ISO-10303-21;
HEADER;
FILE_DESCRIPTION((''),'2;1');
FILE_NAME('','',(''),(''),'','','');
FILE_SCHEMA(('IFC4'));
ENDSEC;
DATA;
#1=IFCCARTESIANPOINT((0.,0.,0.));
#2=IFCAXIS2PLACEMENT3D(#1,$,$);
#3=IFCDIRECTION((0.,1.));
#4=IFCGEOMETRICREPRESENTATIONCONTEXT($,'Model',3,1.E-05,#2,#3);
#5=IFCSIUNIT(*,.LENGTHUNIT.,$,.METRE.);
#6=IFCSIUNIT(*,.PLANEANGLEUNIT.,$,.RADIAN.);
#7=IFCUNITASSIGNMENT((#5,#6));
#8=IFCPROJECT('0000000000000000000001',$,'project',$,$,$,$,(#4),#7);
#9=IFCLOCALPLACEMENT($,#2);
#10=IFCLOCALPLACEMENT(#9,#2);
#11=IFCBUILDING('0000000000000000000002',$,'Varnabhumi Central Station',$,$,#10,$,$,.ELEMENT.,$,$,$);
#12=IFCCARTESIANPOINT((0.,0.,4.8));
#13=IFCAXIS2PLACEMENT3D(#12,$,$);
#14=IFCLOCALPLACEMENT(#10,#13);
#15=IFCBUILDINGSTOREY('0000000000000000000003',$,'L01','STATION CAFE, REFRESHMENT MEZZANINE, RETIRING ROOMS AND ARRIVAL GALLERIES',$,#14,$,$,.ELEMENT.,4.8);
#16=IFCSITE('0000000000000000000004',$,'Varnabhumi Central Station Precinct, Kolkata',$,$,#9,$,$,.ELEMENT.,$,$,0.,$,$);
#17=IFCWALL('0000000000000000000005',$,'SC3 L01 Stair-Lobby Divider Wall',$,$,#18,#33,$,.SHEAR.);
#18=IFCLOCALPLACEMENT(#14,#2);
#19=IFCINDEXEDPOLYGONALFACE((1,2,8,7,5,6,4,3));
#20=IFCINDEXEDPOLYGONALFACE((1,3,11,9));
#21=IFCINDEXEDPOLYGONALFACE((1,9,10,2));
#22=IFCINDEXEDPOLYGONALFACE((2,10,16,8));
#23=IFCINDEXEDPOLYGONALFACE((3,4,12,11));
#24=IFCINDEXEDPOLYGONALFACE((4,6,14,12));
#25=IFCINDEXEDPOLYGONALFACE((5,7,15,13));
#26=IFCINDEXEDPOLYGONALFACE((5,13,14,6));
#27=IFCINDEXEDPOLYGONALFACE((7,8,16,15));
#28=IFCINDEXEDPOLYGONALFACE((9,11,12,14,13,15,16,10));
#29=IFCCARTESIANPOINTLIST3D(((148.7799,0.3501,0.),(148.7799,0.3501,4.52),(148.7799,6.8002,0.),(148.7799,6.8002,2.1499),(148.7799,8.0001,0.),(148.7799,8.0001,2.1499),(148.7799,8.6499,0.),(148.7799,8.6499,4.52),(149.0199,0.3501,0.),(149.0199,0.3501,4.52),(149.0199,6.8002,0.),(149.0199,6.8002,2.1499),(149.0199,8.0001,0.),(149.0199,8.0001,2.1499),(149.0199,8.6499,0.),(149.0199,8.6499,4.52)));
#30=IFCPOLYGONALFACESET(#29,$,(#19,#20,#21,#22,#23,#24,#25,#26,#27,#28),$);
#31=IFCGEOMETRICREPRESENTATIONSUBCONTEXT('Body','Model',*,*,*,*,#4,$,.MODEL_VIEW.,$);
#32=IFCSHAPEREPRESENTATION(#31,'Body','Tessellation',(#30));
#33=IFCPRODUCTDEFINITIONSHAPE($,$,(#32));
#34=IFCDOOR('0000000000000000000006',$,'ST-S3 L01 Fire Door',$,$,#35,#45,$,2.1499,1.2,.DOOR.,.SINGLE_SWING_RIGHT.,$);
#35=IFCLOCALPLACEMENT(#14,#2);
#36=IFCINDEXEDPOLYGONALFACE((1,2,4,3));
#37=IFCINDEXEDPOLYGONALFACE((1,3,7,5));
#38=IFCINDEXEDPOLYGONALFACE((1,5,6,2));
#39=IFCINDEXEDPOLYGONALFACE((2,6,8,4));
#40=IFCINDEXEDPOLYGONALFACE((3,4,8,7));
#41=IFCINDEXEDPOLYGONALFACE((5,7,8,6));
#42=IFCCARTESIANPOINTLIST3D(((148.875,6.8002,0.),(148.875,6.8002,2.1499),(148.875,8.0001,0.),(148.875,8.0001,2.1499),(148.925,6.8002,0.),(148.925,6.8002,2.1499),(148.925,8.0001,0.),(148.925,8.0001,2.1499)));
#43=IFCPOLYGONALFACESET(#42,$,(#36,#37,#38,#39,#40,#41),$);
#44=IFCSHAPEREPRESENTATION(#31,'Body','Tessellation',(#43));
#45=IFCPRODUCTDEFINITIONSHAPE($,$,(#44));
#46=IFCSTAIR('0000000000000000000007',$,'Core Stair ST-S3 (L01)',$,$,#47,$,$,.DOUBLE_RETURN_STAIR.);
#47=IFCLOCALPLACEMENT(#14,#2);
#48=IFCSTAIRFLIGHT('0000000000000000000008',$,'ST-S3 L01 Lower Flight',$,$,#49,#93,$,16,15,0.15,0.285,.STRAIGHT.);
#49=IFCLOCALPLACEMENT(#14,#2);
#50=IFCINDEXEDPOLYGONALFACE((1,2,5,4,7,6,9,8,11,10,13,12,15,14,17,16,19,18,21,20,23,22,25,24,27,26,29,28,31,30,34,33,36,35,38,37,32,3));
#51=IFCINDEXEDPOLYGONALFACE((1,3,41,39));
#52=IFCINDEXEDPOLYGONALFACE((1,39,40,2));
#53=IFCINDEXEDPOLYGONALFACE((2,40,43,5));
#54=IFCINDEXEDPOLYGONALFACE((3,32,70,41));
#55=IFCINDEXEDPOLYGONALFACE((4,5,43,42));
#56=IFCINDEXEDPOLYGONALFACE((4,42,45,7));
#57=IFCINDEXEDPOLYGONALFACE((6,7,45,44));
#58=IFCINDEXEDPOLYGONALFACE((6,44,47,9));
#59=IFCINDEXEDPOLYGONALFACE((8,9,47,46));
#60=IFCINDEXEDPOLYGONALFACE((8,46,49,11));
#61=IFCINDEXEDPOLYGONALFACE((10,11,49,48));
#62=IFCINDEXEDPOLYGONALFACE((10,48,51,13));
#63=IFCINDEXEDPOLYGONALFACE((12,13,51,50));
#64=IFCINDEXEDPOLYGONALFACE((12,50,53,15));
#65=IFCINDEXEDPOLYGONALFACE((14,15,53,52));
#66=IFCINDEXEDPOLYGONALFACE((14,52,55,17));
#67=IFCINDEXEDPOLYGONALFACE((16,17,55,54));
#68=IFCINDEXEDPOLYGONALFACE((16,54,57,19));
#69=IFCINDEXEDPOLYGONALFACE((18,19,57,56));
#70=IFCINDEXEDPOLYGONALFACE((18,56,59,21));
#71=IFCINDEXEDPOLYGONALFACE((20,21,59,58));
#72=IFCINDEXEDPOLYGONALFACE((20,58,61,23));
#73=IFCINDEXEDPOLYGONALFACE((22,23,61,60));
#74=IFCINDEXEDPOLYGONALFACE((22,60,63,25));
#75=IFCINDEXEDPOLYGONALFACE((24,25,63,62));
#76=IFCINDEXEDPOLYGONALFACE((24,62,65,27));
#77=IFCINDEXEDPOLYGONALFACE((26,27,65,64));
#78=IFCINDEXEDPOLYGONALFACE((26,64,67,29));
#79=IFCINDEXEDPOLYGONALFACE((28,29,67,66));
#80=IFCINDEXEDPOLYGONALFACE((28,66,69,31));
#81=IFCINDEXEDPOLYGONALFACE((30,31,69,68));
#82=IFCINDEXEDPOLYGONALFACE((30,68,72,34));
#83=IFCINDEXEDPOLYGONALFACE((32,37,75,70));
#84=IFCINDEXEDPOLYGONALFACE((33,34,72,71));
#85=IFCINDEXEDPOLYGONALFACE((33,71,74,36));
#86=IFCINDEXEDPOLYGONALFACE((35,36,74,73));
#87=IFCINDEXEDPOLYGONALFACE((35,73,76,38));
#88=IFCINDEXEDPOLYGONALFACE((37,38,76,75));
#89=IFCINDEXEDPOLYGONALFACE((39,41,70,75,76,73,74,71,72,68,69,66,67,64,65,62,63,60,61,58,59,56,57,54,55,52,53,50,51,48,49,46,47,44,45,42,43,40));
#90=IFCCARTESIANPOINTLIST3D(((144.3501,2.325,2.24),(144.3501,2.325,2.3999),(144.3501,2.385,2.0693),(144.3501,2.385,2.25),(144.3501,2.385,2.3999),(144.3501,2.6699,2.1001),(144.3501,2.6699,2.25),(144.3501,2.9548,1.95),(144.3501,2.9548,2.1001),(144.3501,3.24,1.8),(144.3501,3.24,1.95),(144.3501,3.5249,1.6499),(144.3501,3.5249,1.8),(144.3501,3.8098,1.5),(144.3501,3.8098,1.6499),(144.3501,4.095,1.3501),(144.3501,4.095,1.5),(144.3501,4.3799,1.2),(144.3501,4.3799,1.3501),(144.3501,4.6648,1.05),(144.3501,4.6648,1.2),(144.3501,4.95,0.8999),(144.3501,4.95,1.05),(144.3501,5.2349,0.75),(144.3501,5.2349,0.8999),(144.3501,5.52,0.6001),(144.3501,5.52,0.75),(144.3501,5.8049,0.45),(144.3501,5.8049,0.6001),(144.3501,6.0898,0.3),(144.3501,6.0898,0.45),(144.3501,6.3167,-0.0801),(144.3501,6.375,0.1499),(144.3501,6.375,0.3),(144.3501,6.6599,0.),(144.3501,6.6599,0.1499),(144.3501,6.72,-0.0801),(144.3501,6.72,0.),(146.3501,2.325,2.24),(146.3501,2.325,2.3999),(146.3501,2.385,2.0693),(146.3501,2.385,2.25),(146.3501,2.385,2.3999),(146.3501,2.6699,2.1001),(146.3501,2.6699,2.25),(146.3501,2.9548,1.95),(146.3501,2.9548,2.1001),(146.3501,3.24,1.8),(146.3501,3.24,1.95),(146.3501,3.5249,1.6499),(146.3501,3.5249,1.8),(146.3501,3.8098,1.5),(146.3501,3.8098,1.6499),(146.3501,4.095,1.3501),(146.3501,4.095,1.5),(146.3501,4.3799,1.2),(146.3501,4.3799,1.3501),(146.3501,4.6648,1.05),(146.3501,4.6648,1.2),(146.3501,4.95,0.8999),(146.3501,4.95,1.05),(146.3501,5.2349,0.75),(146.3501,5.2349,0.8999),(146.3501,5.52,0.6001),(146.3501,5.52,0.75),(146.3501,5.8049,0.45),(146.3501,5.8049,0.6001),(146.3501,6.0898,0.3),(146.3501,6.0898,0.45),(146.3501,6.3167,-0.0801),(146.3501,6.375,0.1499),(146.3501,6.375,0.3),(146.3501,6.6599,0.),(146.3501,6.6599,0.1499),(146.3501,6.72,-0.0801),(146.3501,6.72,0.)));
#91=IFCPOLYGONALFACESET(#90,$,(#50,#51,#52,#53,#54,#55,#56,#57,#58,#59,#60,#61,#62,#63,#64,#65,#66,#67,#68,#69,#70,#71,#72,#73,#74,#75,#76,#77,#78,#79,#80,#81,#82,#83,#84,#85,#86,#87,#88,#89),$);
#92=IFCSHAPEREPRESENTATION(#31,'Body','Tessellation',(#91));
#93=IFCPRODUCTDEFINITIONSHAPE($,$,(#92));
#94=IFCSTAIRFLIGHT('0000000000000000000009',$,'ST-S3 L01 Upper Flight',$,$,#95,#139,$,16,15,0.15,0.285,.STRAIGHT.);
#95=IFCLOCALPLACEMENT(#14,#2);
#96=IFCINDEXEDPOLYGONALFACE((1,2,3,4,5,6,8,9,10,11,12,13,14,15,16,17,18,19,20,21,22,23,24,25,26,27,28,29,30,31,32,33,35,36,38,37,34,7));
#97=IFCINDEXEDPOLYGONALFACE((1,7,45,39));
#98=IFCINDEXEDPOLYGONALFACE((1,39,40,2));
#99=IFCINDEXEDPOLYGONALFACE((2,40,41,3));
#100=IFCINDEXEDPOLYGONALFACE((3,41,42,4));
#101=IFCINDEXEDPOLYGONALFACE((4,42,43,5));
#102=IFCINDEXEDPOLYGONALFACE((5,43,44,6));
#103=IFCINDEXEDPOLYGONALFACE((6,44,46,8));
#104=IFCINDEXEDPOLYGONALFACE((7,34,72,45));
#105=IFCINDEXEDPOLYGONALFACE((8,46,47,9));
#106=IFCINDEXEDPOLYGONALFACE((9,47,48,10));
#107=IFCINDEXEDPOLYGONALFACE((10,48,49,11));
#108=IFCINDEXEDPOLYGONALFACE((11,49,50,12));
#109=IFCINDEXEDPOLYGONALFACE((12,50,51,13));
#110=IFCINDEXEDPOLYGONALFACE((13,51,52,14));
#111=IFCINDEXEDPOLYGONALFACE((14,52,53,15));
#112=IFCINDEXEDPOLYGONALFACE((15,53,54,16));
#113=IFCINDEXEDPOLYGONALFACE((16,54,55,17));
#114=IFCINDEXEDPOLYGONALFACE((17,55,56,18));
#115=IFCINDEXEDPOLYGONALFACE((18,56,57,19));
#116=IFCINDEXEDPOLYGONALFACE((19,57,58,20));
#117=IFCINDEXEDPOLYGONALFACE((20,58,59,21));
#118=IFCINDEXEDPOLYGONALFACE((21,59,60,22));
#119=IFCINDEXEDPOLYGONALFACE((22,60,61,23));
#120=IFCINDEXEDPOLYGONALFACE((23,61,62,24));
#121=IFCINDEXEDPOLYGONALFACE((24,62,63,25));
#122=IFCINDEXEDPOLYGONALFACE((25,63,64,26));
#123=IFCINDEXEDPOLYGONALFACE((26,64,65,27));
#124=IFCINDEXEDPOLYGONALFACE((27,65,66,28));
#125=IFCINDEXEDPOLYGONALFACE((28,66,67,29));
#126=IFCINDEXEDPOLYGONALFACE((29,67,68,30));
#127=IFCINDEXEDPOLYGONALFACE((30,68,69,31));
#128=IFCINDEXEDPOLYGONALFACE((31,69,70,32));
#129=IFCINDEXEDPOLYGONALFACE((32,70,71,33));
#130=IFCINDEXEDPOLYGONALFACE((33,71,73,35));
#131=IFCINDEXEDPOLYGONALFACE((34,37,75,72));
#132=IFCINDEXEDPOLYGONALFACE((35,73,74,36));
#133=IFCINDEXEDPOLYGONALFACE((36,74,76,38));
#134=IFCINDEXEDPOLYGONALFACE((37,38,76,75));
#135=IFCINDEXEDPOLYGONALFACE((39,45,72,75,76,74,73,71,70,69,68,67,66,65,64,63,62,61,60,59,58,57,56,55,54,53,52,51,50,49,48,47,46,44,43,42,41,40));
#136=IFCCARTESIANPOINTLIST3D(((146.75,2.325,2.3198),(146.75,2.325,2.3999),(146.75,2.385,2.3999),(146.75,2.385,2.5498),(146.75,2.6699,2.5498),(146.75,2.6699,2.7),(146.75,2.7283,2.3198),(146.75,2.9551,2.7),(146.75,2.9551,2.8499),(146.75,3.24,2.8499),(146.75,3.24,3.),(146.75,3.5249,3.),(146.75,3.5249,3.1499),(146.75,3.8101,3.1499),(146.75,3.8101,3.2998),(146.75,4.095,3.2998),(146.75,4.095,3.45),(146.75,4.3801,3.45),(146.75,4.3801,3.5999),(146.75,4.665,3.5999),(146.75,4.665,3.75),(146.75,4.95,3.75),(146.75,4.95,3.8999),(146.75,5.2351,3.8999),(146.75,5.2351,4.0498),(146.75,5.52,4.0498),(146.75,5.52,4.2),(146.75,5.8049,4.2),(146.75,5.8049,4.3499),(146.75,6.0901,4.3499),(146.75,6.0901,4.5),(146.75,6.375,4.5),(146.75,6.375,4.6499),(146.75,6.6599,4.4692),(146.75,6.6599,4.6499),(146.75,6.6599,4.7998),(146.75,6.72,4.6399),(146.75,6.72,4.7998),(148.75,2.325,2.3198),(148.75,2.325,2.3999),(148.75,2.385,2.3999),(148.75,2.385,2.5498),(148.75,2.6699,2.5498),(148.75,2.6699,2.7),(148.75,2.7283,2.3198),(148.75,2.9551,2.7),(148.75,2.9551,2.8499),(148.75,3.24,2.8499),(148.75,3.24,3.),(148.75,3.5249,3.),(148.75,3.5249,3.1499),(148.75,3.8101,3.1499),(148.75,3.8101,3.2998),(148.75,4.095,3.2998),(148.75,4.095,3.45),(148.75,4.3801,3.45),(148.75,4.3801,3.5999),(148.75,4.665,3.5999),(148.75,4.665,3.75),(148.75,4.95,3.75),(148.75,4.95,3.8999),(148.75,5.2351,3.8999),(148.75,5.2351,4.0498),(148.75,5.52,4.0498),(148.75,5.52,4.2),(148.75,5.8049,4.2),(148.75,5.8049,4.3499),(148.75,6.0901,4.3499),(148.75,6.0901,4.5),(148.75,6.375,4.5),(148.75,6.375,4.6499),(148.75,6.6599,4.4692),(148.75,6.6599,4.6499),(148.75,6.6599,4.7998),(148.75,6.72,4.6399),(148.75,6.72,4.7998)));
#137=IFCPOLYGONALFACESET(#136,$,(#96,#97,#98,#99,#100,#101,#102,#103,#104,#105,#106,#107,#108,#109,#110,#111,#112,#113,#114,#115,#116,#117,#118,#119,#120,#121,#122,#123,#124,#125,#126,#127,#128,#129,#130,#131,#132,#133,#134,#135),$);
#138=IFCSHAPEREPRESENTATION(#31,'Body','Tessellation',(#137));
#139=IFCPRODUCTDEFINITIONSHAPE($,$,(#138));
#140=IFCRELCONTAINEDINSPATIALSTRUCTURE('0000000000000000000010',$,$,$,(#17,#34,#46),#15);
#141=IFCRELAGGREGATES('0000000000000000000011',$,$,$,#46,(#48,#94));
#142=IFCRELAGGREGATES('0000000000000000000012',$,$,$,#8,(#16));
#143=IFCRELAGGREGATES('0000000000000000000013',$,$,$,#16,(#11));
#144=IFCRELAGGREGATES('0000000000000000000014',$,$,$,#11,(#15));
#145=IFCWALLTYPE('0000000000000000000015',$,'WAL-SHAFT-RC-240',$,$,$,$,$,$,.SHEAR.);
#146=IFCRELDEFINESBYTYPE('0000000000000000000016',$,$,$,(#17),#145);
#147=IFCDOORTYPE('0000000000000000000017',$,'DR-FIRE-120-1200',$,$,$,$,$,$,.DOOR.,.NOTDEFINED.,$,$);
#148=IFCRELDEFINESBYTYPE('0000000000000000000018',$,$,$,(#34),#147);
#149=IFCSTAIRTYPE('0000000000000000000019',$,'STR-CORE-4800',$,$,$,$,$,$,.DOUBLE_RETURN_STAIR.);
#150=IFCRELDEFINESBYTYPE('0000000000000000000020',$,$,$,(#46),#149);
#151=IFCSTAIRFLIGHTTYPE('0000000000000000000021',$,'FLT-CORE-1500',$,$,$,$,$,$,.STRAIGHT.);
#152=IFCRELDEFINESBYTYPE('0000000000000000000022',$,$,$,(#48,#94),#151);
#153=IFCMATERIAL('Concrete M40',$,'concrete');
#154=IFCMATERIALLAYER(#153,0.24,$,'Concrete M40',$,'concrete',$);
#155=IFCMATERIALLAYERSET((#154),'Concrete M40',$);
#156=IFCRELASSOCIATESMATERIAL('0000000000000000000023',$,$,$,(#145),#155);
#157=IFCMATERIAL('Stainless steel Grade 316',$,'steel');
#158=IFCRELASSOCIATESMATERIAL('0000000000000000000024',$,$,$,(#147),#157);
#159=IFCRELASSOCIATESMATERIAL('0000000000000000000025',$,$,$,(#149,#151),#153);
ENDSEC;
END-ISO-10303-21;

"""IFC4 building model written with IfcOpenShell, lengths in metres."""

from ifc_helpers import new_model, si_unit, direction, frame, frame_2d, origin, place, context, subcontext, project, spatial, polyline, rectangle, outline, extrude, material, layer, layer_set, type_object, element, fill, aggregate, save


model = new_model("IFC4")

# Units and contexts
model_context = context("Model", 3, precision=1e-05, world=origin(), true_north=direction((0.0, 1.0)))
body_context = subcontext(model_context, "Body", "Model", "MODEL_VIEW")
ifc_project = project(units=[si_unit("LENGTHUNIT", "METRE"), si_unit("PLANEANGLEUNIT", "RADIAN")], contexts=[model_context])

# Site, building, storey
site_placement = place(None, origin())
site = spatial("IfcSite", under=ifc_project, at=site_placement, Name="Varnabhumi Central Station Precinct, Kolkata", CompositionType="ELEMENT", RefElevation=0.0)
building_placement = place(site_placement, origin())
building = spatial("IfcBuilding", under=site, at=building_placement, Name="Varnabhumi Central Station", CompositionType="ELEMENT")
storey_placement = place(building_placement, frame((0.0, 0.0, 4.8)))
storey = spatial("IfcBuildingStorey", under=building, at=storey_placement, Name="L01", Description="STATION CAFE, REFRESHMENT MEZZANINE, RETIRING ROOMS AND ARRIVAL GALLERIES", CompositionType="ELEMENT", Elevation=4.8)

# Shared definitions
ifc_material_1 = material(Name="Concrete M40", Category="concrete")

# Wall, opening, door
ifc_layer_1 = layer(ifc_material_1, 0.24, Name="Concrete M40", Category="concrete")
ifc_layer_set_1 = layer_set([ifc_layer_1], Name="Concrete M40")
wall_type_1 = type_object("IfcWallType", Name="WAL-SHAFT-RC-240", PredefinedType="SHEAR", material=ifc_layer_set_1)
wall_1_placement = place(storey_placement, frame((148.8999, 0.3501, 0.0), z_axis=(0.0, 0.0, 1.0), x_axis=(0.0, 1.0, 0.0)))
wall_1 = element("IfcWall", 1, at=wall_1_placement, inside=storey, type_object=wall_type_1, Name="SC3 L01 Stair-Lobby Divider Wall", PredefinedType="SHEAR", context=body_context, shape_type="SweptSolid", body=[
    extrude(rectangle(XDim=8.2998, YDim=0.24, at=frame_2d((4.1499, 0.0))), origin(), (0.0, 0.0, 1.0), 4.52),
])
opening_1_placement = place(wall_1_placement, frame((6.45, 0.0, 0.0)))
opening_1 = element("IfcOpeningElement", 2, at=opening_1_placement, cuts=wall_1, PredefinedType="OPENING", context=body_context, shape_type="SweptSolid", body=[
    extrude(rectangle(XDim=1.2, YDim=2.1499, at=frame_2d((0.6001, 1.075))), frame((0.0, 0.1299, 0.0), z_axis=(0.0, -1.0, 0.0), x_axis=(1.0, 0.0, 0.0)), (0.0, 0.0, 1.0), 0.26),
])
ifc_material_2 = material(Name="Stainless steel Grade 316", Category="steel")
door_type_1 = type_object("IfcDoorType", Name="DR-FIRE-120-1200", OperationType="NOTDEFINED", PredefinedType="DOOR", material=ifc_material_2)
door_1_placement = place(opening_1_placement, origin())
door_1 = element("IfcDoor", 3, at=door_1_placement, inside=storey, type_object=door_type_1, Name="ST-S3 L01 Fire Door", OperationType="SINGLE_SWING_RIGHT", OverallHeight=2.1499, OverallWidth=1.2, PredefinedType="DOOR", context=body_context, shape_type="SweptSolid", body=[
    extrude(rectangle(XDim=1.2, YDim=2.1499, at=frame_2d((0.6001, 1.075))), frame((0.0, 0.0249, 0.0), z_axis=(0.0, -1.0, 0.0), x_axis=(1.0, 0.0, 0.0)), (0.0, 0.0, 1.0), 0.05),
])
fill(opening_1, door_1)

# Stair, stair flights
stair_type = type_object("IfcStairType", Name="STR-CORE-4800", PredefinedType="DOUBLE_RETURN_STAIR", material=ifc_material_1)
stair_placement = place(storey_placement, origin())
stair = element("IfcStair", 4, at=stair_placement, inside=storey, type_object=stair_type, Name="Core Stair ST-S3 (L01)", PredefinedType="DOUBLE_RETURN_STAIR")
stair_flight_type = type_object("IfcStairFlightType", Name="FLT-CORE-1500", PredefinedType="STRAIGHT", material=ifc_material_1)
stair_flight_1_placement = place(storey_placement, frame((145.3501, 6.6599, 0.0), z_axis=(0.0, 0.0, 1.0), x_axis=(0.0, -1.0, 0.0)))
stair_flight_1 = element("IfcStairFlight", 5, at=stair_flight_1_placement, type_object=stair_flight_type, Name="ST-S3 L01 Lower Flight", NumberOfRisers=16, NumberOfTreads=15, PredefinedType="STRAIGHT", RiserHeight=0.15, TreadLength=0.285, context=body_context, shape_type="SweptSolid", body=[
    extrude(outline(polyline([(-0.0601, -0.0801), (-0.0601, 0.0), (0.0, 0.0), (0.0, 0.1499), (0.2849, 0.1499), (0.2849, 0.3), (0.5701, 0.3), (0.5701, 0.45), (0.855, 0.45), (0.855, 0.6001), (1.1399, 0.6001), (1.1399, 0.75), (1.425, 0.75), (1.425, 0.8999), (1.71, 0.8999), (1.71, 1.05), (1.9951, 1.05), (1.9951, 1.2), (2.28, 1.2), (2.28, 1.3501), (2.5649, 1.3501), (2.5649, 1.5), (2.8501, 1.5), (2.8501, 1.6499), (3.135, 1.6499), (3.135, 1.8), (3.4199, 1.8), (3.4199, 1.95), (3.7051, 1.95), (3.7051, 2.1001), (3.99, 2.1001), (3.99, 2.25), (4.2749, 2.25), (4.2749, 2.3999), (4.335, 2.3999), (4.335, 2.24), (4.2749, 2.0693), (0.3433, -0.0801), (-0.0601, -0.0801)])), frame((0.0, 1.0, 0.0), z_axis=(0.0, -1.0, 0.0), x_axis=(1.0, 0.0, 0.0)), (0.0, 0.0, 1.0), 2.0),
])
stair_flight_2_placement = place(storey_placement, frame((147.75, 2.385, 2.3999), z_axis=(0.0, 0.0, 1.0), x_axis=(0.0, 1.0, 0.0)))
stair_flight_2 = element("IfcStairFlight", 6, at=stair_flight_2_placement, type_object=stair_flight_type, Name="ST-S3 L01 Upper Flight", NumberOfRisers=16, NumberOfTreads=15, PredefinedType="STRAIGHT", RiserHeight=0.15, TreadLength=0.285, context=body_context, shape_type="SweptSolid", body=[
    extrude(outline(polyline([(-0.0601, -0.0801), (-0.0601, 0.0), (0.0, 0.0), (0.0, 0.1499), (0.2849, 0.1499), (0.2849, 0.3), (0.5701, 0.3), (0.5701, 0.45), (0.855, 0.45), (0.855, 0.6001), (1.1399, 0.6001), (1.1399, 0.75), (1.425, 0.75), (1.425, 0.8999), (1.71, 0.8999), (1.71, 1.05), (1.9951, 1.05), (1.9951, 1.2), (2.28, 1.2), (2.28, 1.3501), (2.5649, 1.3501), (2.5649, 1.5), (2.8501, 1.5), (2.8501, 1.6499), (3.135, 1.6499), (3.135, 1.8), (3.4199, 1.8), (3.4199, 1.95), (3.7051, 1.95), (3.7051, 2.1001), (3.99, 2.1001), (3.99, 2.25), (4.2749, 2.25), (4.2749, 2.3999), (4.335, 2.3999), (4.335, 2.24), (4.2749, 2.0693), (0.3433, -0.0801), (-0.0601, -0.0801)])), frame((0.0, 1.0, 0.0), z_axis=(0.0, -1.0, 0.0), x_axis=(1.0, 0.0, 0.0)), (0.0, 0.0, 1.0), 2.0),
])
aggregate(stair, [stair_flight_1, stair_flight_2])

save(model, "model.ifc")
